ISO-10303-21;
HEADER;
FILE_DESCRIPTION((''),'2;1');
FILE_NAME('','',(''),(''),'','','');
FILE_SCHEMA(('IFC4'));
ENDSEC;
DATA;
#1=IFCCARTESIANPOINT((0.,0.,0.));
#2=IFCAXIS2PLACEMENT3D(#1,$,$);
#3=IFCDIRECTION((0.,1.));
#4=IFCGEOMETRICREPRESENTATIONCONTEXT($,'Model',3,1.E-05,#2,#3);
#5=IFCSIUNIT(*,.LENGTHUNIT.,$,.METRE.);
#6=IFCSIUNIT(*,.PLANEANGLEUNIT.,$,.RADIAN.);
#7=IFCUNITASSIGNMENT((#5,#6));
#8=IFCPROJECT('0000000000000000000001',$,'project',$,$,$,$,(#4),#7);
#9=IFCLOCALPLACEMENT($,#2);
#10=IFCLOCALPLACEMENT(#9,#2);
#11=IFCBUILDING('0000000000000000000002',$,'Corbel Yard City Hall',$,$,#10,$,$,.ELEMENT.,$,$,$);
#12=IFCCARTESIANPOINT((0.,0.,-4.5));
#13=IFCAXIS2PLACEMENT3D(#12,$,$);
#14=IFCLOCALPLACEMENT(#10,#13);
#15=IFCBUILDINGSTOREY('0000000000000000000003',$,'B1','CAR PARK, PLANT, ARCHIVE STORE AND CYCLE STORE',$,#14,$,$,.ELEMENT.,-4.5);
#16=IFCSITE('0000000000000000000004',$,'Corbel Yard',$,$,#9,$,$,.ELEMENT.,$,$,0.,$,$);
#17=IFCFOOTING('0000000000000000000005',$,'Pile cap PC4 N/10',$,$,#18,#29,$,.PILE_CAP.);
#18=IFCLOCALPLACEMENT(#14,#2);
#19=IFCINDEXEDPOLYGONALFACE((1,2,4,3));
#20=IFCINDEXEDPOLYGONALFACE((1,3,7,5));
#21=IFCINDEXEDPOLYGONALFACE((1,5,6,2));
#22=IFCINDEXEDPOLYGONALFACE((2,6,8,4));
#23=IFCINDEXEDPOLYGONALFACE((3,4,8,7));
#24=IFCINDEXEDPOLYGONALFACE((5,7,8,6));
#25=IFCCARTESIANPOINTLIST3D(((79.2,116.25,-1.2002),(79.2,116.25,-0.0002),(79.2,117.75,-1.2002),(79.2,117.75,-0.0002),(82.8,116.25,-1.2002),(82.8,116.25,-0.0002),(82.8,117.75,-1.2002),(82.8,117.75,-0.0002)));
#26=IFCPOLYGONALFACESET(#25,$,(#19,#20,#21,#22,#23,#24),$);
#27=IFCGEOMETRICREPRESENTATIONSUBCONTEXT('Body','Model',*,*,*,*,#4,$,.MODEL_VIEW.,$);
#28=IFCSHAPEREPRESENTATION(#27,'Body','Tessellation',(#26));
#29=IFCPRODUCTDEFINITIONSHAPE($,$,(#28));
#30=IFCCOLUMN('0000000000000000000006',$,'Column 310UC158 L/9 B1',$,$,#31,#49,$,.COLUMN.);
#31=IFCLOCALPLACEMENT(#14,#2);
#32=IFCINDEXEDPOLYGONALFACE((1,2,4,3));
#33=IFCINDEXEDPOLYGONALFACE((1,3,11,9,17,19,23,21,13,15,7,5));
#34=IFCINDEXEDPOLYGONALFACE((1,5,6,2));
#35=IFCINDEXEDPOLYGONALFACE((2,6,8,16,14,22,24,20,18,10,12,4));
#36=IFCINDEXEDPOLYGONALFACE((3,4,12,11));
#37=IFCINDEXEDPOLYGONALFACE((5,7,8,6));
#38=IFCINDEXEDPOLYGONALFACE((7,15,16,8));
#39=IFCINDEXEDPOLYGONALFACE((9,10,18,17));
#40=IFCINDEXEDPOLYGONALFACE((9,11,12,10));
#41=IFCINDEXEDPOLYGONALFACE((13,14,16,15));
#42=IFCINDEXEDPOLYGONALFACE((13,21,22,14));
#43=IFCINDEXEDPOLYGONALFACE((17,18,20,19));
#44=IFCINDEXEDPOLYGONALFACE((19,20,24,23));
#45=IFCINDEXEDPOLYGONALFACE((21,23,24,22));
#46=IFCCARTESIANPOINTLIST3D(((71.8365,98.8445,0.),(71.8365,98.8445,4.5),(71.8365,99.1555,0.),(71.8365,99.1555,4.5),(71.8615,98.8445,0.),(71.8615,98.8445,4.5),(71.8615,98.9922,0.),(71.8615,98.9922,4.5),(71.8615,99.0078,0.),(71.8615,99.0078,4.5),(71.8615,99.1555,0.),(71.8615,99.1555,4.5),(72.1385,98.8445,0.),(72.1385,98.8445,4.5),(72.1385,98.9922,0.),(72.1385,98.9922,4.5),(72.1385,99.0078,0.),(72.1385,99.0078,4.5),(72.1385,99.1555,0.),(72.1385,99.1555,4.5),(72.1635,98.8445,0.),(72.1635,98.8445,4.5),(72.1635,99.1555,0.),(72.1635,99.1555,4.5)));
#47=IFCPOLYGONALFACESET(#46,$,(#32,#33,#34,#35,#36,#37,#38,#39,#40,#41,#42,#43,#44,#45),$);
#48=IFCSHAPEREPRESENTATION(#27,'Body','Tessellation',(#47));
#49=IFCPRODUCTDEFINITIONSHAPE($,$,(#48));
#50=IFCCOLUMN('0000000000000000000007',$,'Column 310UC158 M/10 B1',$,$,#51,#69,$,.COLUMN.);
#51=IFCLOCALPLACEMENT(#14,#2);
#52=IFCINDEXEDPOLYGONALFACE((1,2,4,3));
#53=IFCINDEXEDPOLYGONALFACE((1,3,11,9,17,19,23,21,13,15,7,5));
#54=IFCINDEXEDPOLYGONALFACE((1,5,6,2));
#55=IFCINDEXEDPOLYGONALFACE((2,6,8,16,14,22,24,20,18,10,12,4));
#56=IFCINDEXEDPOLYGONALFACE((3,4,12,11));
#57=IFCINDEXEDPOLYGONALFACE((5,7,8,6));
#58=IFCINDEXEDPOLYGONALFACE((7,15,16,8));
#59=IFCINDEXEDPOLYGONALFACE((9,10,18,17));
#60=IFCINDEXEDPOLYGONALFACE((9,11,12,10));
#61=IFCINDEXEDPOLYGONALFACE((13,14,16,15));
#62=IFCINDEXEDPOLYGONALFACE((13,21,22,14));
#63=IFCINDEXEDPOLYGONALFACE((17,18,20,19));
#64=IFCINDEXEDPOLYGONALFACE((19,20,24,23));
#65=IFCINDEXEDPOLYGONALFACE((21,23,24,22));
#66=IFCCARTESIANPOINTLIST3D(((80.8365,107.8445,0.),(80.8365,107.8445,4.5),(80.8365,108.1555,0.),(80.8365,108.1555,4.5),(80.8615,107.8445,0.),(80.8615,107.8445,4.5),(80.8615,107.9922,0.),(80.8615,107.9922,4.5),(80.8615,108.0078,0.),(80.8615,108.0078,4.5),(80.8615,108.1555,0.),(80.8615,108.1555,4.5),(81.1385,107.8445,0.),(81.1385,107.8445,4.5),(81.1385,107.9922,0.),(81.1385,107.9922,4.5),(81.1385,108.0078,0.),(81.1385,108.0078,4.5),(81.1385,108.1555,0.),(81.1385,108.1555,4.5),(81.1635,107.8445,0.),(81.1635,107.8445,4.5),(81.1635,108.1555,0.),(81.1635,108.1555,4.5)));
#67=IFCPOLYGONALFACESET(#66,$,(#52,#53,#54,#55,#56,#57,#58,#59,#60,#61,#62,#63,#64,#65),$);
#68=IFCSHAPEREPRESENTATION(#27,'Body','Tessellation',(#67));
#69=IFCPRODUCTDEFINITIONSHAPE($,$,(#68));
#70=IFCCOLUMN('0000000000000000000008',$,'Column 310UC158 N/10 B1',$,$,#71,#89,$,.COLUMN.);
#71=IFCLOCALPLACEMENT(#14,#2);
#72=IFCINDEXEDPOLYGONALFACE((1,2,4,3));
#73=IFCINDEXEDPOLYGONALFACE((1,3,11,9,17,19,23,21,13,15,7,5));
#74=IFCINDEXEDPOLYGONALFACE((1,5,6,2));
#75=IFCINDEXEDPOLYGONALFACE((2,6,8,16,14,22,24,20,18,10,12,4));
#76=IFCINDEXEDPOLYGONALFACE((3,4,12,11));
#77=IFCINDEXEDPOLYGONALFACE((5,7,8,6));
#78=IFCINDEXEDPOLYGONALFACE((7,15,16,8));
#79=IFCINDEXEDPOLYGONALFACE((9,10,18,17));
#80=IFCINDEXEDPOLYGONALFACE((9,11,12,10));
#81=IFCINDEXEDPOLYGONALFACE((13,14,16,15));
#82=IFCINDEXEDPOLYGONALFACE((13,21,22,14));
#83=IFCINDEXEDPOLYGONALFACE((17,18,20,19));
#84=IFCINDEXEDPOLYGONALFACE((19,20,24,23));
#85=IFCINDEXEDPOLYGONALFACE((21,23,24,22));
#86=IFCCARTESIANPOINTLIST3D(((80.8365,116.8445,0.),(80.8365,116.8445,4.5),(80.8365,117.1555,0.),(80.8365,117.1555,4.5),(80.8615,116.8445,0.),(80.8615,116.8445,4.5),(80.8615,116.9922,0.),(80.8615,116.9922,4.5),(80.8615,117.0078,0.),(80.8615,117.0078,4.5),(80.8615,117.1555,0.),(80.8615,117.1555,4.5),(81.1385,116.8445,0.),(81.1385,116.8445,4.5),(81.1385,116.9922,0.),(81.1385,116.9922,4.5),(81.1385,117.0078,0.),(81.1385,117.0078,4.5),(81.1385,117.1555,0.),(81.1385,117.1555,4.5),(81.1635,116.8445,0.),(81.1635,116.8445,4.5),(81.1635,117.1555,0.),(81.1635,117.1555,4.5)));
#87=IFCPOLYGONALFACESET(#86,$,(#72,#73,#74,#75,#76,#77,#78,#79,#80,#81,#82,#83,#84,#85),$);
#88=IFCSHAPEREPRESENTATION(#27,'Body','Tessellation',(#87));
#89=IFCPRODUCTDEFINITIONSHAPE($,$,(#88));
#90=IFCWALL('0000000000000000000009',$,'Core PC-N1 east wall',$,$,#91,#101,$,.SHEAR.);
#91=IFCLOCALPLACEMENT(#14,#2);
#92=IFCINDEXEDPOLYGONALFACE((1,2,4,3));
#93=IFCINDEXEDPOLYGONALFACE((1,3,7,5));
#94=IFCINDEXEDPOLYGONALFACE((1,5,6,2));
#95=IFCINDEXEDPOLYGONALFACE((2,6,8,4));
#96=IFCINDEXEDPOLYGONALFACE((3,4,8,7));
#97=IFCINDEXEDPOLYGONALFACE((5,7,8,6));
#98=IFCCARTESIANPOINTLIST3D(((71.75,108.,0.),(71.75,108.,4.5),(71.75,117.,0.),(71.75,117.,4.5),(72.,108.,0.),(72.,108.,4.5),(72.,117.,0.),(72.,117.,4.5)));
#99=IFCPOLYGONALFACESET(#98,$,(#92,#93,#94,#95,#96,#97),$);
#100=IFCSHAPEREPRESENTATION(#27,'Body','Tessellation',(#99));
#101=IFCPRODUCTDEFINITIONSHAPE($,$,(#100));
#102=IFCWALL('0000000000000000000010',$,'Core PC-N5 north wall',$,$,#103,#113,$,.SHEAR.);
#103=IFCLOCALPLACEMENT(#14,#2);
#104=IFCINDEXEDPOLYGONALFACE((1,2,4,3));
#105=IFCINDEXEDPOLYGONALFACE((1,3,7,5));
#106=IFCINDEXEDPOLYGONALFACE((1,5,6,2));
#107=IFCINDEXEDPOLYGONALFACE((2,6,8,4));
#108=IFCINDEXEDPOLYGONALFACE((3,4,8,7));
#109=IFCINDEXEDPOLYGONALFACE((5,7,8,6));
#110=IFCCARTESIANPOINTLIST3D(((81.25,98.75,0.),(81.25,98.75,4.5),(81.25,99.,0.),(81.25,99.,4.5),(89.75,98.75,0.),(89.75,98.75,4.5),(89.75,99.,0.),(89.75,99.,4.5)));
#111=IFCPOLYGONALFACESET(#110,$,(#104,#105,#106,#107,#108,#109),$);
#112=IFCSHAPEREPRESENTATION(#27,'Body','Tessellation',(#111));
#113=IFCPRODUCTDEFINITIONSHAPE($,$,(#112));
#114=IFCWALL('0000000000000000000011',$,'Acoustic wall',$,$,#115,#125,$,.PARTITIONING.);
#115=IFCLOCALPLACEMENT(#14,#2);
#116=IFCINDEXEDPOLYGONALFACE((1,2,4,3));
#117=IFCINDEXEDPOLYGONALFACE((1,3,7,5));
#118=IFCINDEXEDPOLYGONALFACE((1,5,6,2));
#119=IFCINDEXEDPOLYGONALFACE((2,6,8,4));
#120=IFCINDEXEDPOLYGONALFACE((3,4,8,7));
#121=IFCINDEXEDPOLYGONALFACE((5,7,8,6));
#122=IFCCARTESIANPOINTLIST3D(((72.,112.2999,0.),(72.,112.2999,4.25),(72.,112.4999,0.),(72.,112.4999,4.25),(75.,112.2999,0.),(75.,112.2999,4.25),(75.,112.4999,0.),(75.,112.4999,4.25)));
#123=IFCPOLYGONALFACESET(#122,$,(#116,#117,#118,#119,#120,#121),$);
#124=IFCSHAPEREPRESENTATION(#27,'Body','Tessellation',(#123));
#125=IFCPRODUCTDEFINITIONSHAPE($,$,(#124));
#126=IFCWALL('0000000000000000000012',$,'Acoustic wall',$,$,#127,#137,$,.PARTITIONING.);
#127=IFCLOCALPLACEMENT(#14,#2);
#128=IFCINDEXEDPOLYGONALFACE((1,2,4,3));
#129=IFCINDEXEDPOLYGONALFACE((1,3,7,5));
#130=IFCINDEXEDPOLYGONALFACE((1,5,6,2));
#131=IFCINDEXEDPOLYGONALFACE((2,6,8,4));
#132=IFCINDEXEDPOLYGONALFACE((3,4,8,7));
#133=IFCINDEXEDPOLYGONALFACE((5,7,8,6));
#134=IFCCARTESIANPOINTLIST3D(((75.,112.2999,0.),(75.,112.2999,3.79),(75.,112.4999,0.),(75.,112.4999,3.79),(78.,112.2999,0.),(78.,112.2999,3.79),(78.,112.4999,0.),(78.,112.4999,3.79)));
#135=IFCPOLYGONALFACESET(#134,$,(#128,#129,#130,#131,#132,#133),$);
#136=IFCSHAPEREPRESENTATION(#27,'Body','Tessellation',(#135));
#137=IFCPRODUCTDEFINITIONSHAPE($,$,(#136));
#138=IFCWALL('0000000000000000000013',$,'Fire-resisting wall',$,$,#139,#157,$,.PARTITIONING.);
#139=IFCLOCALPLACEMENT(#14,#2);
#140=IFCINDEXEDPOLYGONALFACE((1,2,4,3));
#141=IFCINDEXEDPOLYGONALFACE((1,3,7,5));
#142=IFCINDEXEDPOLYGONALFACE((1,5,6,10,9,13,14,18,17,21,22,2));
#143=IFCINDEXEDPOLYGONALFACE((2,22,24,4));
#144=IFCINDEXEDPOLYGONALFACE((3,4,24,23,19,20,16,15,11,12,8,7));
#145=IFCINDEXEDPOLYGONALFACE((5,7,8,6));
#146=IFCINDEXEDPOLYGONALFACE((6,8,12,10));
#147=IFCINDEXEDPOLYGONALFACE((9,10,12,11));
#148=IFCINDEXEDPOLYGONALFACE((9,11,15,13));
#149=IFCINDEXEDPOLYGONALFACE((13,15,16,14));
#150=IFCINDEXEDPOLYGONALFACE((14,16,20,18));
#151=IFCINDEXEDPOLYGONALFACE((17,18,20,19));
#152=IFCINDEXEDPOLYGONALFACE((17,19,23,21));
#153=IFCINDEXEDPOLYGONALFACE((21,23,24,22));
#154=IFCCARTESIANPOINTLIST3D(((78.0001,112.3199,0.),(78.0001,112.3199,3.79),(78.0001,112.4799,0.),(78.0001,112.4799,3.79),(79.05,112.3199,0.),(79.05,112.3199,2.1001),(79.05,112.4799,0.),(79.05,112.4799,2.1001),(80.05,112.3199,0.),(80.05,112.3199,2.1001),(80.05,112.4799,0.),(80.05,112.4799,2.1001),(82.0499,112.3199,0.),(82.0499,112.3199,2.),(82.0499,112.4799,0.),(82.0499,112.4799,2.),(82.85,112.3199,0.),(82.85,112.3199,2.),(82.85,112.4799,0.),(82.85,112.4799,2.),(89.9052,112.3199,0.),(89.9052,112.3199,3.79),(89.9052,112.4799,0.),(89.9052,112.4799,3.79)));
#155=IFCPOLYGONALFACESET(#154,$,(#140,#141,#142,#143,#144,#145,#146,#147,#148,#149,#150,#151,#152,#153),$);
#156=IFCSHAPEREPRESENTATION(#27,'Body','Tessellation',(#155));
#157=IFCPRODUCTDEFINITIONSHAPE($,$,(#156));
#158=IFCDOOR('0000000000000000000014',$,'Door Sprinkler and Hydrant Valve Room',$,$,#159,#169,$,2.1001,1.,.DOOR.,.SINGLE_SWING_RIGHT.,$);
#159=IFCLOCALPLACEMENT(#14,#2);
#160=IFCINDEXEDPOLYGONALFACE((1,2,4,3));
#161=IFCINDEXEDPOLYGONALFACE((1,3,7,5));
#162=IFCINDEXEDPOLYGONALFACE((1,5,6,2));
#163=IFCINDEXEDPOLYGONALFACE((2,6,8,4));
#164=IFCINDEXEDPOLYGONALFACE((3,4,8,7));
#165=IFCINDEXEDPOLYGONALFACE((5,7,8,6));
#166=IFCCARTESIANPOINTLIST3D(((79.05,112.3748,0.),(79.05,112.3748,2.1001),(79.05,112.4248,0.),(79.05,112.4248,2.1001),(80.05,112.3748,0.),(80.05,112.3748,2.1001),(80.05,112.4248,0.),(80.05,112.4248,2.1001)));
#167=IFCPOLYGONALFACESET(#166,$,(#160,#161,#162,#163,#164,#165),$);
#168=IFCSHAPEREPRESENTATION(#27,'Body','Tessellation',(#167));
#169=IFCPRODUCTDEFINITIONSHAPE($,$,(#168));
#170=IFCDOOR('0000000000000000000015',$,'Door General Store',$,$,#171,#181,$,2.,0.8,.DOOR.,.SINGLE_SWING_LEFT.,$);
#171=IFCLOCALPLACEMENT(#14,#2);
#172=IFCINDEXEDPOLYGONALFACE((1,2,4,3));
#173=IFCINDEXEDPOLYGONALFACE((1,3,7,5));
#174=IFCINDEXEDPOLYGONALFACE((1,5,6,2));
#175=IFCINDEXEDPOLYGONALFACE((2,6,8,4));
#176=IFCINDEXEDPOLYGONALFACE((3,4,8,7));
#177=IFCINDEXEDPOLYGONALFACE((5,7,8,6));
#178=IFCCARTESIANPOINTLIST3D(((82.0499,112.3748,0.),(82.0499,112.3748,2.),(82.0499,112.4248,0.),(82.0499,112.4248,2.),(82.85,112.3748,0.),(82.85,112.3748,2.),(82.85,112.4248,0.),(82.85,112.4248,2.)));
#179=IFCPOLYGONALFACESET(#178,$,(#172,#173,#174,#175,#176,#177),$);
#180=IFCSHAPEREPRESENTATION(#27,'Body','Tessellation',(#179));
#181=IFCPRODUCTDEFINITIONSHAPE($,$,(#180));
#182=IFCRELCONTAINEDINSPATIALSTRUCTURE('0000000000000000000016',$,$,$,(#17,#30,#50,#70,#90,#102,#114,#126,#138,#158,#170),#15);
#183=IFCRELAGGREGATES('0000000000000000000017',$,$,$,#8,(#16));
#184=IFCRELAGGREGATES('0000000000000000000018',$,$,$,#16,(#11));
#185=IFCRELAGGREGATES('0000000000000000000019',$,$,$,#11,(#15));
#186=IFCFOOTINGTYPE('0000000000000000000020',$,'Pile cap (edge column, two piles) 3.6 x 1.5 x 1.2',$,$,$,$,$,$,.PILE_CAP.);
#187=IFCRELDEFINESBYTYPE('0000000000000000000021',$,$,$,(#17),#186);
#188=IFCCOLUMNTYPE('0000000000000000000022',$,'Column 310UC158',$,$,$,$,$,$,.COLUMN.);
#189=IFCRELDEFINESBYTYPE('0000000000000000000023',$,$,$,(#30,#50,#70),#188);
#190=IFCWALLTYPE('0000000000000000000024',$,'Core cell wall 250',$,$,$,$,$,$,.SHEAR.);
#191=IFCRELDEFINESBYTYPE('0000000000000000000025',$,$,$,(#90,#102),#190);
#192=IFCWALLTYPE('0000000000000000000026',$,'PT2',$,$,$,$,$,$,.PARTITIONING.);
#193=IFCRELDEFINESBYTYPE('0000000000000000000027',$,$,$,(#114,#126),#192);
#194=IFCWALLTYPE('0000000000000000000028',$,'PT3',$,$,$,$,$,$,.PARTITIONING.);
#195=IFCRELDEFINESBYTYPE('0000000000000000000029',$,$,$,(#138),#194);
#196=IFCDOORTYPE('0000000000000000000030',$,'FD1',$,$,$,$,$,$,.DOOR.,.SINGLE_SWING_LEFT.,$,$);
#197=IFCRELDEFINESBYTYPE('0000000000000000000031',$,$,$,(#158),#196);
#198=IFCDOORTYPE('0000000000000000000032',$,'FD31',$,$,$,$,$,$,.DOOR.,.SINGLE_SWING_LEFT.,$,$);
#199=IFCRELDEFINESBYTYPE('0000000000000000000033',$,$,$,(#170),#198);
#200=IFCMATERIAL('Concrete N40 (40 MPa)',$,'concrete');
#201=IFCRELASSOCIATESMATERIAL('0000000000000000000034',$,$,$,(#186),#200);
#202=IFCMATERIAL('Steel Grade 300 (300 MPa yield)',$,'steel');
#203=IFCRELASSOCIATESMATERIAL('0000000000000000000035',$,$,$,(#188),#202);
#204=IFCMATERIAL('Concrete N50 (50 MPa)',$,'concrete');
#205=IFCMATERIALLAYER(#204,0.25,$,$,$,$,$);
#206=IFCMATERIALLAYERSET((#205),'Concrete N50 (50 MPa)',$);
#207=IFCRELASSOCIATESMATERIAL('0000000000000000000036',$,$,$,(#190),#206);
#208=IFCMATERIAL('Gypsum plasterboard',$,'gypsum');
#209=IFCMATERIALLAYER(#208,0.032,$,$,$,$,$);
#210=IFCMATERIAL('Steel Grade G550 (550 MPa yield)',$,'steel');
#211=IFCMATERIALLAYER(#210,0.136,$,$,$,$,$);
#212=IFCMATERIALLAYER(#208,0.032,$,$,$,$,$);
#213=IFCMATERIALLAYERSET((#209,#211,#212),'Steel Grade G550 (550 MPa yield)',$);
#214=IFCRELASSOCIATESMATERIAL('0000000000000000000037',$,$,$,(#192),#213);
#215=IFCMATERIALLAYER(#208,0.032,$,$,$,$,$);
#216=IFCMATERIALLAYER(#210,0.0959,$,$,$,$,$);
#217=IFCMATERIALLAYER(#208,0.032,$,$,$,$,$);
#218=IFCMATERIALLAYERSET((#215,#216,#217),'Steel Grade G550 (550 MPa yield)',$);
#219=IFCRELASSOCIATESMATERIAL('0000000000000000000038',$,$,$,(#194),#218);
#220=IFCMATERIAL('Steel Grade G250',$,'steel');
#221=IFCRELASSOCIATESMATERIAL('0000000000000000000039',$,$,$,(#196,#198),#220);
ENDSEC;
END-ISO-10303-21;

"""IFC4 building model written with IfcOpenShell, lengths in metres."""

from ifc_helpers import new_model, si_unit, direction, frame, frame_2d, origin, origin_2d, place, context, subcontext, project, spatial, rectangle, i_section, extrude, material, layer, layer_set, material_profile, profile_set, type_object, element, fill, save


model = new_model("IFC4")

# Units and contexts
model_context = context("Model", 3, precision=1e-05, world=origin(), true_north=direction((0.0, 1.0)))
body_context = subcontext(model_context, "Body", "Model", "MODEL_VIEW")
ifc_project = project(units=[si_unit("LENGTHUNIT", "METRE"), si_unit("PLANEANGLEUNIT", "RADIAN")], contexts=[model_context])

# Site, building, storey
site_placement = place(None, origin())
site = spatial("IfcSite", under=ifc_project, at=site_placement, Name="Corbel Yard", CompositionType="ELEMENT", RefElevation=0.0)
building_placement = place(site_placement, origin())
building = spatial("IfcBuilding", under=site, at=building_placement, Name="Corbel Yard City Hall", CompositionType="ELEMENT")
storey_placement = place(building_placement, frame((0.0, 0.0, -4.5)))
storey = spatial("IfcBuildingStorey", under=building, at=storey_placement, Name="B1", Description="CAR PARK, PLANT, ARCHIVE STORE AND CYCLE STORE", CompositionType="ELEMENT", Elevation=-4.5)

# Shared definitions
ifc_material_1 = material(Name="Concrete N40 (40 MPa)", Category="concrete")

# Footing
footing_type_1 = type_object("IfcFootingType", Name="Pile cap (edge column, two piles) 3.6 x 1.5 x 1.2", PredefinedType="PILE_CAP", material=ifc_material_1)
footing_placement = place(storey_placement, frame((81.0, 117.0, -1.2002), z_axis=(0.0, 0.0, 1.0), x_axis=(1.0, 0.0, 0.0)))
element("IfcFooting", 1, at=footing_placement, inside=storey, type_object=footing_type_1, Name="Pile cap PC4 N/10", PredefinedType="PILE_CAP", context=body_context, shape_type="SweptSolid", body=[
    extrude(rectangle(XDim=3.6001, YDim=1.5, at=origin_2d()), origin(), (0.0, 0.0, 1.0), 1.2),
])

# Columns
ifc_material_2 = material(Name="Steel Grade 300 (300 MPa yield)", Category="steel")
ifc_material_profile_1 = material_profile(ifc_material_2, i_section(OverallWidth=0.311, OverallDepth=0.3269, WebThickness=0.0156, FlangeThickness=0.0249, at=origin_2d()), Name="310UC158")
ifc_profile_set_1 = profile_set([ifc_material_profile_1], Name="Steel Grade 300 (300 MPa yield)")
column_type = type_object("IfcColumnType", Name="Column 310UC158", PredefinedType="COLUMN", material=ifc_profile_set_1)
for number, where, z_axis, x_axis, name in (
    (2, (72.0, 99.0, 0.0), (0.0, 0.0, 1.0), (0.0, 1.0, 0.0), "Column 310UC158 L/9 B1"),
    (3, (81.0, 108.0, 0.0), (0.0, 0.0, 1.0), (0.0, 1.0, 0.0), "Column 310UC158 M/10 B1"),
    (4, (81.0, 117.0, 0.0), (0.0, 0.0, 1.0), (0.0, 1.0, 0.0), "Column 310UC158 N/10 B1"),
):
    element("IfcColumn", number, at=place(storey_placement, frame(where, z_axis=z_axis, x_axis=x_axis)), inside=storey, type_object=column_type, Name=name, PredefinedType="COLUMN", context=body_context, shape_type="SweptSolid", body=[
        extrude(i_section(OverallWidth=0.311, OverallDepth=0.3269, WebThickness=0.0156, FlangeThickness=0.0249, at=origin_2d()), origin(), (0.0, 0.0, 1.0), 4.5),
    ])

# Walls
ifc_material_3 = material(Name="Concrete N50 (50 MPa)", Category="concrete")
ifc_layer_1 = layer(ifc_material_3, 0.25)
ifc_layer_set_1 = layer_set([ifc_layer_1], Name="Concrete N50 (50 MPa)")
wall_type_1 = type_object("IfcWallType", Name="Core cell wall 250", PredefinedType="SHEAR", material=ifc_layer_set_1)
wall_1_placement = place(storey_placement, frame((71.875, 108.0, 0.0), z_axis=(0.0, 0.0, 1.0), x_axis=(0.0, 1.0, 0.0)))
element("IfcWall", 5, at=wall_1_placement, inside=storey, type_object=wall_type_1, Name="Core PC-N1 east wall", PredefinedType="SHEAR", context=body_context, shape_type="SweptSolid", body=[
    extrude(rectangle(XDim=9.0, YDim=0.25, at=frame_2d((4.5, 0.0))), origin(), (0.0, 0.0, 1.0), 4.5),
])
wall_2_placement = place(storey_placement, frame((81.25, 98.875, 0.0), z_axis=(0.0, 0.0, 1.0), x_axis=(1.0, 0.0, 0.0)))
element("IfcWall", 6, at=wall_2_placement, inside=storey, type_object=wall_type_1, Name="Core PC-N5 north wall", PredefinedType="SHEAR", context=body_context, shape_type="SweptSolid", body=[
    extrude(rectangle(XDim=8.5, YDim=0.25, at=frame_2d((4.25, 0.0))), origin(), (0.0, 0.0, 1.0), 4.5),
])
ifc_material_4 = material(Name="Gypsum plasterboard", Category="gypsum")
ifc_layer_2 = layer(ifc_material_4, 0.032)
ifc_material_5 = material(Name="Steel Grade G550 (550 MPa yield)", Category="steel")
ifc_layer_3 = layer(ifc_material_5, 0.136)
ifc_layer_4 = layer(ifc_material_4, 0.032)
ifc_layer_set_2 = layer_set([ifc_layer_2, ifc_layer_3, ifc_layer_4], Name="Steel Grade G550 (550 MPa yield)")
wall_type_2 = type_object("IfcWallType", Name="PT2", PredefinedType="PARTITIONING", material=ifc_layer_set_2)
wall_3_placement = place(storey_placement, frame((72.0, 112.3999, 0.0), z_axis=(0.0, 0.0, 1.0), x_axis=(1.0, 0.0, 0.0)))
element("IfcWall", 7, at=wall_3_placement, inside=storey, type_object=wall_type_2, Name="Acoustic wall", PredefinedType="PARTITIONING", context=body_context, shape_type="SweptSolid", body=[
    extrude(rectangle(XDim=3.0, YDim=0.2, at=frame_2d((1.5, 0.0))), origin(), (0.0, 0.0, 1.0), 4.25),
])
wall_4_placement = place(storey_placement, frame((75.0, 112.3999, 0.0), z_axis=(0.0, 0.0, 1.0), x_axis=(1.0, 0.0, 0.0)))
element("IfcWall", 8, at=wall_4_placement, inside=storey, type_object=wall_type_2, Name="Acoustic wall", PredefinedType="PARTITIONING", context=body_context, shape_type="SweptSolid", body=[
    extrude(rectangle(XDim=3.0, YDim=0.2, at=frame_2d((1.5, 0.0))), origin(), (0.0, 0.0, 1.0), 3.79),
])

# Wall, openings, doors
ifc_layer_5 = layer(ifc_material_4, 0.032)
ifc_layer_6 = layer(ifc_material_5, 0.0959)
ifc_layer_7 = layer(ifc_material_4, 0.032)
ifc_layer_set_3 = layer_set([ifc_layer_5, ifc_layer_6, ifc_layer_7], Name="Steel Grade G550 (550 MPa yield)")
wall_type_3 = type_object("IfcWallType", Name="PT3", PredefinedType="PARTITIONING", material=ifc_layer_set_3)
wall_5_placement = place(storey_placement, frame((78.0, 112.3999, 0.0), z_axis=(0.0, 0.0, 1.0), x_axis=(1.0, 0.0, 0.0)))
wall_5 = element("IfcWall", 9, at=wall_5_placement, inside=storey, type_object=wall_type_3, Name="Fire-resisting wall", PredefinedType="PARTITIONING", context=body_context, shape_type="SweptSolid", body=[
    extrude(rectangle(XDim=11.905, YDim=0.1599, at=frame_2d((5.9526, 0.0))), origin(), (0.0, 0.0, 1.0), 3.79),
])
opening_1_placement = place(wall_5_placement, frame((1.05, 0.0, 0.0)))
opening_1 = element("IfcOpeningElement", 10, at=opening_1_placement, cuts=wall_5, PredefinedType="OPENING", context=body_context, shape_type="SweptSolid", body=[
    extrude(rectangle(XDim=1.0, YDim=2.1001, at=frame_2d((0.5, 1.05))), frame((0.0, 0.0898, 0.0), z_axis=(0.0, -1.0, 0.0), x_axis=(1.0, 0.0, 0.0)), (0.0, 0.0, 1.0), 0.1799),
])
opening_2_placement = place(wall_5_placement, frame((4.05, 0.0, 0.0)))
opening_2 = element("IfcOpeningElement", 11, at=opening_2_placement, cuts=wall_5, PredefinedType="OPENING", context=body_context, shape_type="SweptSolid", body=[
    extrude(rectangle(XDim=0.8, YDim=2.0, at=frame_2d((0.3999, 1.0))), frame((0.0, 0.0898, 0.0), z_axis=(0.0, -1.0, 0.0), x_axis=(1.0, 0.0, 0.0)), (0.0, 0.0, 1.0), 0.1799),
])
ifc_material_6 = material(Name="Steel Grade G250", Category="steel")
door_type_1 = type_object("IfcDoorType", Name="FD1", OperationType="SINGLE_SWING_LEFT", PredefinedType="DOOR", material=ifc_material_6)
door_1_placement = place(opening_1_placement, origin())
door_1 = element("IfcDoor", 12, at=door_1_placement, inside=storey, type_object=door_type_1, Name="Door Sprinkler and Hydrant Valve Room", OperationType="SINGLE_SWING_RIGHT", OverallHeight=2.1001, OverallWidth=1.0, PredefinedType="DOOR", context=body_context, shape_type="SweptSolid", body=[
    extrude(rectangle(XDim=1.0, YDim=2.1001, at=frame_2d((0.5, 1.05))), frame((0.0, 0.0249, 0.0), z_axis=(0.0, -1.0, 0.0), x_axis=(1.0, 0.0, 0.0)), (0.0, 0.0, 1.0), 0.05),
])
fill(opening_1, door_1)
door_type_2 = type_object("IfcDoorType", Name="FD31", OperationType="SINGLE_SWING_LEFT", PredefinedType="DOOR", material=ifc_material_6)
door_2_placement = place(opening_2_placement, origin())
door_2 = element("IfcDoor", 13, at=door_2_placement, inside=storey, type_object=door_type_2, Name="Door General Store", OperationType="SINGLE_SWING_LEFT", OverallHeight=2.0, OverallWidth=0.8, PredefinedType="DOOR", context=body_context, shape_type="SweptSolid", body=[
    extrude(rectangle(XDim=0.8, YDim=2.0, at=frame_2d((0.3999, 1.0))), frame((0.0, 0.0249, 0.0), z_axis=(0.0, -1.0, 0.0), x_axis=(1.0, 0.0, 0.0)), (0.0, 0.0, 1.0), 0.05),
])
fill(opening_2, door_2)

save(model, "model.ifc")
